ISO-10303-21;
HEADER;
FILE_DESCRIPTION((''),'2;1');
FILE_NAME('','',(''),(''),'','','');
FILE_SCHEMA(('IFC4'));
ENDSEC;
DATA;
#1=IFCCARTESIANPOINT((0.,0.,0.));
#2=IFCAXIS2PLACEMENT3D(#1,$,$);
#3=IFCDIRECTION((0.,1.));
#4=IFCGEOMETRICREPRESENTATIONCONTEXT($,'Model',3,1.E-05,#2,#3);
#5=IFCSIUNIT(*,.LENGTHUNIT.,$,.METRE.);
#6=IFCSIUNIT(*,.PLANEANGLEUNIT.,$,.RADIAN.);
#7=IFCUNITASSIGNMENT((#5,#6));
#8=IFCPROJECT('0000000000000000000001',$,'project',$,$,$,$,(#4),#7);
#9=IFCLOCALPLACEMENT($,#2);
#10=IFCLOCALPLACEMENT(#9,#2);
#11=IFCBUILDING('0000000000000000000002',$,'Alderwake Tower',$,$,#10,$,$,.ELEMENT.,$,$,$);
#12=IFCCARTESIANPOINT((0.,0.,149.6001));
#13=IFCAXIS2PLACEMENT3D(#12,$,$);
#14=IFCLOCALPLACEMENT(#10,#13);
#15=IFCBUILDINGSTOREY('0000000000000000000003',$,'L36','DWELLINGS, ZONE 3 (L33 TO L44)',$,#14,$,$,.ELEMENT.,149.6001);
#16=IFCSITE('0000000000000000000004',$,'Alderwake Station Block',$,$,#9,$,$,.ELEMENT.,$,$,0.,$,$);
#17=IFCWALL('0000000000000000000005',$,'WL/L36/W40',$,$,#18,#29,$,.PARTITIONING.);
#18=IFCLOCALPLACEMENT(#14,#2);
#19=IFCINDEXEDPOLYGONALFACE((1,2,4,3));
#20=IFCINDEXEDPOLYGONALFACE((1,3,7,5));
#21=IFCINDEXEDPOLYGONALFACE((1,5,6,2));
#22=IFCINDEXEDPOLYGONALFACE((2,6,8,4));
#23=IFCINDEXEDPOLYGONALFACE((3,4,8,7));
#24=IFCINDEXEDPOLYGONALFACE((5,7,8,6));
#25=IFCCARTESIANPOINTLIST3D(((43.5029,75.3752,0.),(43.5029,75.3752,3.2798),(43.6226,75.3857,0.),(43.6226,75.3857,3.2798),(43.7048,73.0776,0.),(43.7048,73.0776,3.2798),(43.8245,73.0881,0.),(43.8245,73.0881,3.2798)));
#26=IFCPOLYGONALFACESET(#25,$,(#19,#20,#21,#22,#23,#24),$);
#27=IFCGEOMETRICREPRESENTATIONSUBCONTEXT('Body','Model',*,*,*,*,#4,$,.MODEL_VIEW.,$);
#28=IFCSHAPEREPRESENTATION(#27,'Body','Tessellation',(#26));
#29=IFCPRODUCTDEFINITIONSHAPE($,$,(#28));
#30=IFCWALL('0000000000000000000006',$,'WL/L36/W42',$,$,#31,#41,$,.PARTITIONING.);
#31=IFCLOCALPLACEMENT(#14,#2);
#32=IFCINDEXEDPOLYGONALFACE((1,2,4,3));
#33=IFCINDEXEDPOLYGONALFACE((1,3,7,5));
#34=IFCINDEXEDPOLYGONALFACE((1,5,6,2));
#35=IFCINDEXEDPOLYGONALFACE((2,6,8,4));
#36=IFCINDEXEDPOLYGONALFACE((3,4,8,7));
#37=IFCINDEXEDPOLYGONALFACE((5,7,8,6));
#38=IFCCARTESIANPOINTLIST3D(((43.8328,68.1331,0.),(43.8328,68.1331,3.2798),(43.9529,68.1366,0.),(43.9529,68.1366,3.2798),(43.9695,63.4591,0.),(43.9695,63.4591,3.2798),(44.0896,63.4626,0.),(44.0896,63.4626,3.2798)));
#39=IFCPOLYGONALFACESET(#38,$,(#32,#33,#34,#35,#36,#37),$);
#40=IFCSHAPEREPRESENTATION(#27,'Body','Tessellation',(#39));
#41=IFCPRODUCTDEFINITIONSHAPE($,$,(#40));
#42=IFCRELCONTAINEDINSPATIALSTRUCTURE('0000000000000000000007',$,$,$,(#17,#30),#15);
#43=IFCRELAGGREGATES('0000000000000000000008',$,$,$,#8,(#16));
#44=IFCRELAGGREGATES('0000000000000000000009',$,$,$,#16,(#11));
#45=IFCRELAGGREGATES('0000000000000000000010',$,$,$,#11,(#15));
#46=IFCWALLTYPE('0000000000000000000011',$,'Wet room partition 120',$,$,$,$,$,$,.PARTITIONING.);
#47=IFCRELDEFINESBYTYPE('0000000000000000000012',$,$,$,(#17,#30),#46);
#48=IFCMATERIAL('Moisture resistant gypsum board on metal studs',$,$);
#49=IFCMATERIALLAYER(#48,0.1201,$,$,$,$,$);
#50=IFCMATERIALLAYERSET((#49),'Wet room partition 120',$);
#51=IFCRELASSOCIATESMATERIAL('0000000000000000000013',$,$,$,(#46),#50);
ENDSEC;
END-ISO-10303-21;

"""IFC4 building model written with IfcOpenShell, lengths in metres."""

from ifc_helpers import new_model, si_unit, direction, frame, frame_2d, origin, place, context, subcontext, project, spatial, rectangle, extrude, material, layer, layer_set, type_object, element, save


model = new_model("IFC4")

# Units and contexts
model_context = context("Model", 3, precision=1e-05, world=origin(), true_north=direction((0.0, 1.0)))
body_context = subcontext(model_context, "Body", "Model", "MODEL_VIEW")
ifc_project = project(units=[si_unit("LENGTHUNIT", "METRE"), si_unit("PLANEANGLEUNIT", "RADIAN")], contexts=[model_context])

# Site, building, storey
site_placement = place(None, origin())
site = spatial("IfcSite", under=ifc_project, at=site_placement, Name="Alderwake Station Block", CompositionType="ELEMENT", RefElevation=0.0)
building_placement = place(site_placement, origin())
building = spatial("IfcBuilding", under=site, at=building_placement, Name="Alderwake Tower", CompositionType="ELEMENT")
storey_placement = place(building_placement, frame((0.0, 0.0, 149.6001)))
storey = spatial("IfcBuildingStorey", under=building, at=storey_placement, Name="L36", Description="DWELLINGS, ZONE 3 (L33 TO L44)", CompositionType="ELEMENT", Elevation=149.6001)

# Shared definitions
ifc_material_1 = material(Name="Moisture resistant gypsum board on metal studs")
ifc_layer_1 = layer(ifc_material_1, 0.1201)
ifc_layer_set_1 = layer_set([ifc_layer_1], Name="Wet room partition 120")
wall_type_1 = type_object("IfcWallType", Name="Wet room partition 120", PredefinedType="PARTITIONING", material=ifc_layer_set_1)

# Walls
wall_1_placement = place(storey_placement, frame((43.7646, 73.0828, 0.0), z_axis=(0.0, 0.0, 1.0), x_axis=(-0.087539, 0.996161, 0.0)))
element("IfcWall", 1, at=wall_1_placement, inside=storey, type_object=wall_type_1, Name="WL/L36/W40", PredefinedType="PARTITIONING", context=body_context, shape_type="SweptSolid", body=[
    extrude(rectangle(XDim=2.3064, YDim=0.1201, at=frame_2d((1.1533, 0.0))), origin(), (0.0, 0.0, 1.0), 3.2798),
])
wall_2_placement = place(storey_placement, frame((44.0295, 63.4609, 0.0), z_axis=(0.0, 0.0, 1.0), x_axis=(-0.029238, 0.999572, 0.0)))
element("IfcWall", 2, at=wall_2_placement, inside=storey, type_object=wall_type_1, Name="WL/L36/W42", PredefinedType="PARTITIONING", context=body_context, shape_type="SweptSolid", body=[
    extrude(rectangle(XDim=4.676, YDim=0.1201, at=frame_2d((2.3379, 0.0))), origin(), (0.0, 0.0, 1.0), 3.2798),
])

save(model, "model.ifc")
